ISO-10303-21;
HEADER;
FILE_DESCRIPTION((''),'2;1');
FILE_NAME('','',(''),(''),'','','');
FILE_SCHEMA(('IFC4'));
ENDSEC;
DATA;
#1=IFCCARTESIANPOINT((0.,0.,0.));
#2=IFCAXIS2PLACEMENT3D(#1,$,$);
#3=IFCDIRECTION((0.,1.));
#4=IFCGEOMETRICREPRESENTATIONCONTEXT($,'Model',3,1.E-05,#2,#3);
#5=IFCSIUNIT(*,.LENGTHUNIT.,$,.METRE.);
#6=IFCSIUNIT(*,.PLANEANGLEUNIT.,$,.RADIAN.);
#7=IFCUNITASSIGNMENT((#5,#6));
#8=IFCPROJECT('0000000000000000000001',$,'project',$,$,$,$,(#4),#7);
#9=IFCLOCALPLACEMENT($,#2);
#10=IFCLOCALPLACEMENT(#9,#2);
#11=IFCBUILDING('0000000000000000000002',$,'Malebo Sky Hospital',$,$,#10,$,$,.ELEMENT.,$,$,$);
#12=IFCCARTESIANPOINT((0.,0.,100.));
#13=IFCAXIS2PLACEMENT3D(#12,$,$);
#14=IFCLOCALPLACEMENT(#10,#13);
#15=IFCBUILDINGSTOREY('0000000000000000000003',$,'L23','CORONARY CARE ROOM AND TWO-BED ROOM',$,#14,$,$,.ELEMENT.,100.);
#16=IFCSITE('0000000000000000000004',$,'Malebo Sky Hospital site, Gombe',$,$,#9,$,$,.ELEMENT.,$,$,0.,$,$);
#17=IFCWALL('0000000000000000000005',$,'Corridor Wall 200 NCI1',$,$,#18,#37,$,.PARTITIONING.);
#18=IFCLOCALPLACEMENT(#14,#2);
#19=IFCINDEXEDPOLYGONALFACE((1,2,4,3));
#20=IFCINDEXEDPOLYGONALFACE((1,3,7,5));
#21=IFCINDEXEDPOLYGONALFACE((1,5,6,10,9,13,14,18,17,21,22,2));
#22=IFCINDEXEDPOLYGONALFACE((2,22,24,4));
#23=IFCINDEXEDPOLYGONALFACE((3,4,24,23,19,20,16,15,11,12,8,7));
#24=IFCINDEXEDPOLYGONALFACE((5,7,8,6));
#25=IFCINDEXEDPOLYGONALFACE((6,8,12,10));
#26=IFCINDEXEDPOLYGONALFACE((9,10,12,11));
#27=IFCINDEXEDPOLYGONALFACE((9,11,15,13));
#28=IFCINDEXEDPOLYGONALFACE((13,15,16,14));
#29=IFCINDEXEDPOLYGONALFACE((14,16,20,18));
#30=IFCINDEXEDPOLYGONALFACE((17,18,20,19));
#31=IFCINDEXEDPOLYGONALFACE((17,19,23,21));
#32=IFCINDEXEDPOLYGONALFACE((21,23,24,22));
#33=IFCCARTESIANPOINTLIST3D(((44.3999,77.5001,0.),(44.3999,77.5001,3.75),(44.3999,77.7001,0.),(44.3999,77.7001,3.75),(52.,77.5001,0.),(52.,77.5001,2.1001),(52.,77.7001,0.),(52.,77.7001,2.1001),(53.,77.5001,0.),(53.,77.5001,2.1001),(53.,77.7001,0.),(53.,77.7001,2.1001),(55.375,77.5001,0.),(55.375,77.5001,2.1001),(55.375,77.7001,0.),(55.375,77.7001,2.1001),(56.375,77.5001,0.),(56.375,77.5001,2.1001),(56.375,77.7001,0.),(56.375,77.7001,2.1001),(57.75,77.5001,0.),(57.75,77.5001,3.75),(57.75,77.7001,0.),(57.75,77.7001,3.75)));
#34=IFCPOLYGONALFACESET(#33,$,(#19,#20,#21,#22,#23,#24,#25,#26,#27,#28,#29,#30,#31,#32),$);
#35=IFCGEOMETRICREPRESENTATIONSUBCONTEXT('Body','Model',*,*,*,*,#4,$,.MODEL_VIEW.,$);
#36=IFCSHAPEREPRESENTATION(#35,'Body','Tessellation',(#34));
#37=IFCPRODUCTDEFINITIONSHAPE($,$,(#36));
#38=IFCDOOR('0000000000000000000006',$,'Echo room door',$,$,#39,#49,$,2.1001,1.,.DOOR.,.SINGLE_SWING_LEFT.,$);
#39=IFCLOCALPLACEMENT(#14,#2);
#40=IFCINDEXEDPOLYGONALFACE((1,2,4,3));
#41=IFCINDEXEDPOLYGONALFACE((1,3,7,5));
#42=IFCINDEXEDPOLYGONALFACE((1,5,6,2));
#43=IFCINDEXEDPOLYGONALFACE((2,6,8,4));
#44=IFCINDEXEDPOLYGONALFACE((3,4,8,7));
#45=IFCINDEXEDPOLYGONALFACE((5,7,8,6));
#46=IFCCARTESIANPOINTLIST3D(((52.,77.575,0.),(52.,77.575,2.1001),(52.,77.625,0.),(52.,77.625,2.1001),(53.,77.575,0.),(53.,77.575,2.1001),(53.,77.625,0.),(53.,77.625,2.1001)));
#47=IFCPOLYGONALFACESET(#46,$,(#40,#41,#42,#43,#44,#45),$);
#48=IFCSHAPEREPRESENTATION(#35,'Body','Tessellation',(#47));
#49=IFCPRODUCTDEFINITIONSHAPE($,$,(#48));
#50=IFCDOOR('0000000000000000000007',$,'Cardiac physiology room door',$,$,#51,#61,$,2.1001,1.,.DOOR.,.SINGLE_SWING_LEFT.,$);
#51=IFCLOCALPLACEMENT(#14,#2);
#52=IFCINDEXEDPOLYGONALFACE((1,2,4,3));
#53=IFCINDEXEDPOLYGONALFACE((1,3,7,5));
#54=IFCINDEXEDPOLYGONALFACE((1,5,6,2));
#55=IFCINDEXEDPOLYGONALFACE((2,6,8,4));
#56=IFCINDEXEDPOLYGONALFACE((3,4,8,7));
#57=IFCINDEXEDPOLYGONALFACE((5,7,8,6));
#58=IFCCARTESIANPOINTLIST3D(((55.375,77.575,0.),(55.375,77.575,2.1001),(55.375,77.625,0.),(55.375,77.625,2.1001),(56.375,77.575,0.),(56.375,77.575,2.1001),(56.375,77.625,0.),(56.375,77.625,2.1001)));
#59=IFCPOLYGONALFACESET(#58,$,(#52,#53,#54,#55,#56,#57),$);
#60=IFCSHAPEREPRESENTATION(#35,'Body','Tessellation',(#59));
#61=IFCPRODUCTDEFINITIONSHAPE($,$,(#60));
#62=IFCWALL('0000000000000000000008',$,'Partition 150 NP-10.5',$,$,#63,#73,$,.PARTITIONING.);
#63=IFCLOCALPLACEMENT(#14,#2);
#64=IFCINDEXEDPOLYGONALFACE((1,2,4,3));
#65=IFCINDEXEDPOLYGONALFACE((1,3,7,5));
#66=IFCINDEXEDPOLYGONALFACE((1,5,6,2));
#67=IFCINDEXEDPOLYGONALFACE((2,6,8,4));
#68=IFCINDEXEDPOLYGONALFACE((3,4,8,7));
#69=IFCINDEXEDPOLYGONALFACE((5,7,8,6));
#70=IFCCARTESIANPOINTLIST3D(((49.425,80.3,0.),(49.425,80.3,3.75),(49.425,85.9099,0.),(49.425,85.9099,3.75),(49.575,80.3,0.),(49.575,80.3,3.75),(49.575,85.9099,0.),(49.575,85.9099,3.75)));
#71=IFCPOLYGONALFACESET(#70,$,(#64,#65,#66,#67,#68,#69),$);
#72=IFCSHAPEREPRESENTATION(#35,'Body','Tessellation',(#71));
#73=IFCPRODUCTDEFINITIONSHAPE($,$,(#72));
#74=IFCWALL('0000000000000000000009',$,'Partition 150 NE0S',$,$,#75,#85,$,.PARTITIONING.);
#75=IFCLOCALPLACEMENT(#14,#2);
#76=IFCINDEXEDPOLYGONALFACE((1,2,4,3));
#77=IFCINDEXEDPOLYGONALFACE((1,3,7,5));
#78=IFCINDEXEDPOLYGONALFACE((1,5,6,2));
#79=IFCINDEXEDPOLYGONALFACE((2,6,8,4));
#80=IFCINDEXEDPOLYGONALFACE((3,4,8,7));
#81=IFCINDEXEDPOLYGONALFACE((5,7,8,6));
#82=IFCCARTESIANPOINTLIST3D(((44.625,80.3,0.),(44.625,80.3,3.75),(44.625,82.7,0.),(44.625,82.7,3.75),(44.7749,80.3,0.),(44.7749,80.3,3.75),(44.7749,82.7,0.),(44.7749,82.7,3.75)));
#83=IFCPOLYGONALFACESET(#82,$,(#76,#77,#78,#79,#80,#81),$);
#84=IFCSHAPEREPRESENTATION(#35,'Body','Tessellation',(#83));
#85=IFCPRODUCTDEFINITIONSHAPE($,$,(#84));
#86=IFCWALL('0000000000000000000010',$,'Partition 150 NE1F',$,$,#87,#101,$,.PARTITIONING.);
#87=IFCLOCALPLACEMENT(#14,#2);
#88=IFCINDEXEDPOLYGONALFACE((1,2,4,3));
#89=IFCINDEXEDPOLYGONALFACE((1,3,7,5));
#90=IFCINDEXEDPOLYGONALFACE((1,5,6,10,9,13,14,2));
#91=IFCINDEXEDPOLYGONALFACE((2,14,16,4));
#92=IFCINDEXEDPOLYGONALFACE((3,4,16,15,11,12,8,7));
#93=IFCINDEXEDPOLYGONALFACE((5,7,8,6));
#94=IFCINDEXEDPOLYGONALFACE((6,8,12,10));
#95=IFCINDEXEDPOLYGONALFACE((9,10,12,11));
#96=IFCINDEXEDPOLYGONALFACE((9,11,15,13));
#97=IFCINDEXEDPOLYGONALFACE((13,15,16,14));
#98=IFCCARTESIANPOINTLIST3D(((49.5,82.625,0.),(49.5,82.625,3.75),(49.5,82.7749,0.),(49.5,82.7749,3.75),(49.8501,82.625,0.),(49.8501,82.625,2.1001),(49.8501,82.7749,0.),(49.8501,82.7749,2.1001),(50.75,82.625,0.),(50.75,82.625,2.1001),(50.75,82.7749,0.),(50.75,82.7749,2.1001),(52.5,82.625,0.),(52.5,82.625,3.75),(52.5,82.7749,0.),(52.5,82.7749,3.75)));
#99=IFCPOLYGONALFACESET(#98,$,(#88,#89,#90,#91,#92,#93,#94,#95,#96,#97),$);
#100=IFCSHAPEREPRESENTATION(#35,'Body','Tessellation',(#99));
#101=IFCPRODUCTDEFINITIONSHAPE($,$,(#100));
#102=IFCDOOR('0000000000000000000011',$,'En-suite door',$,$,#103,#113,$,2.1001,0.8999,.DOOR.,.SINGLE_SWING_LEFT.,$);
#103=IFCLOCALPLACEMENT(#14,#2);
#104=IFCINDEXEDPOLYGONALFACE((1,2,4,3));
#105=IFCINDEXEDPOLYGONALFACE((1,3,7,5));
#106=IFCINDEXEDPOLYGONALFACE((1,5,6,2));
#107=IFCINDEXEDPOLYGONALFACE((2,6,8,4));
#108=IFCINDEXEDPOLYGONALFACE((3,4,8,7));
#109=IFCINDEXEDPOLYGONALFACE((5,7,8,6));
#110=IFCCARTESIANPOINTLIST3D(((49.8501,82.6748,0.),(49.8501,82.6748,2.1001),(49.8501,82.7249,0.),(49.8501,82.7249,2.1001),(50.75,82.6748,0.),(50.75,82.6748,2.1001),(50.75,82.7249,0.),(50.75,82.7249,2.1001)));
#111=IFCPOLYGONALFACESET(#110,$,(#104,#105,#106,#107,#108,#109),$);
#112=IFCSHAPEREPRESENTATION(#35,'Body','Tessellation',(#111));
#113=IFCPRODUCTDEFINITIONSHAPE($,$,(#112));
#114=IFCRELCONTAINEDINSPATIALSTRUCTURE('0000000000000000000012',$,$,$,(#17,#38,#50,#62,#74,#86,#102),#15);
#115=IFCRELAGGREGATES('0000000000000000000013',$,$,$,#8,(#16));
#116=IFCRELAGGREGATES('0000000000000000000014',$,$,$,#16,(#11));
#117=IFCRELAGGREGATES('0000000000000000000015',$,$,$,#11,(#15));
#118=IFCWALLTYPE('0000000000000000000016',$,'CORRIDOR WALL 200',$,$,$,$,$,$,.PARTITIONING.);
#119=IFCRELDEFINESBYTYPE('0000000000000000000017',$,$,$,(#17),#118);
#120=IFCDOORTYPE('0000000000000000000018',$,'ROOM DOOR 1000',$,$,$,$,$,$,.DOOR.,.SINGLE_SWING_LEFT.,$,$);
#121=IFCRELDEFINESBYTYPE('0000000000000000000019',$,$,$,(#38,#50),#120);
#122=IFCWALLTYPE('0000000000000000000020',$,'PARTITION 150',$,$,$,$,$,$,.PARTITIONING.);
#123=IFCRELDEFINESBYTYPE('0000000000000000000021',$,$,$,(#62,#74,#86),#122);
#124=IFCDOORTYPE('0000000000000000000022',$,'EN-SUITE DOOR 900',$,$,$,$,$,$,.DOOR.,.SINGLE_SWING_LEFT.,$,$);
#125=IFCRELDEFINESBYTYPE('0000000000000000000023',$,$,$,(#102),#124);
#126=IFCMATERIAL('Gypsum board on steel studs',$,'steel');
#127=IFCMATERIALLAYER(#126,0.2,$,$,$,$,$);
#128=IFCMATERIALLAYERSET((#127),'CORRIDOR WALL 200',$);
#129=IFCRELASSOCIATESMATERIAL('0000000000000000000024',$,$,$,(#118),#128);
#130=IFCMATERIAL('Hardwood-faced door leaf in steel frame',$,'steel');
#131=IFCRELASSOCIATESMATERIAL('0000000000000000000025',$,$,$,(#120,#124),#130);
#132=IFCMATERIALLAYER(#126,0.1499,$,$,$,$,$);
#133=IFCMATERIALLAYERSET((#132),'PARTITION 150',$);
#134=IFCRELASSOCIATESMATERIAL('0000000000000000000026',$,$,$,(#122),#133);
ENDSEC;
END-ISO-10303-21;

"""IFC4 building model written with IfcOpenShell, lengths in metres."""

from ifc_helpers import new_model, si_unit, direction, frame, frame_2d, origin, place, context, subcontext, project, spatial, rectangle, extrude, material, layer, layer_set, type_object, element, fill, save


model = new_model("IFC4")

# Units and contexts
model_context = context("Model", 3, precision=1e-05, world=origin(), true_north=direction((0.0, 1.0)))
body_context = subcontext(model_context, "Body", "Model", "MODEL_VIEW")
ifc_project = project(units=[si_unit("LENGTHUNIT", "METRE"), si_unit("PLANEANGLEUNIT", "RADIAN")], contexts=[model_context])

# Site, building, storey
site_placement = place(None, origin())
site = spatial("IfcSite", under=ifc_project, at=site_placement, Name="Malebo Sky Hospital site, Gombe", CompositionType="ELEMENT", RefElevation=0.0)
building_placement = place(site_placement, origin())
building = spatial("IfcBuilding", under=site, at=building_placement, Name="Malebo Sky Hospital", CompositionType="ELEMENT")
storey_placement = place(building_placement, frame((0.0, 0.0, 100.0)))
storey = spatial("IfcBuildingStorey", under=building, at=storey_placement, Name="L23", Description="CORONARY CARE ROOM AND TWO-BED ROOM", CompositionType="ELEMENT", Elevation=100.0)

# Wall, openings, doors
ifc_material_1 = material(Name="Gypsum board on steel studs", Category="steel")
ifc_layer_1 = layer(ifc_material_1, 0.2)
ifc_layer_set_1 = layer_set([ifc_layer_1], Name="CORRIDOR WALL 200")
wall_type_1 = type_object("IfcWallType", Name="CORRIDOR WALL 200", PredefinedType="PARTITIONING", material=ifc_layer_set_1)
wall_1_placement = place(storey_placement, frame((44.3999, 77.6001, 0.0), z_axis=(0.0, 0.0, 1.0), x_axis=(1.0, 0.0, 0.0)))
wall_1 = element("IfcWall", 1, at=wall_1_placement, inside=storey, type_object=wall_type_1, Name="Corridor Wall 200 NCI1", PredefinedType="PARTITIONING", context=body_context, shape_type="SweptSolid", body=[
    extrude(rectangle(XDim=13.3501, YDim=0.2, at=frame_2d((6.675, 0.0))), origin(), (0.0, 0.0, 1.0), 3.75),
])
opening_1_placement = place(wall_1_placement, frame((7.6001, 0.0, 0.0)))
opening_1 = element("IfcOpeningElement", 2, at=opening_1_placement, cuts=wall_1, PredefinedType="OPENING", context=body_context, shape_type="SweptSolid", body=[
    extrude(rectangle(XDim=1.0, YDim=2.1001, at=frame_2d((0.5, 1.05))), frame((0.0, 0.1099, 0.0), z_axis=(0.0, -1.0, 0.0), x_axis=(1.0, 0.0, 0.0)), (0.0, 0.0, 1.0), 0.22),
])
opening_2_placement = place(wall_1_placement, frame((10.9751, 0.0, 0.0)))
opening_2 = element("IfcOpeningElement", 3, at=opening_2_placement, cuts=wall_1, PredefinedType="OPENING", context=body_context, shape_type="SweptSolid", body=[
    extrude(rectangle(XDim=1.0, YDim=2.1001, at=frame_2d((0.5, 1.05))), frame((0.0, 0.1099, 0.0), z_axis=(0.0, -1.0, 0.0), x_axis=(1.0, 0.0, 0.0)), (0.0, 0.0, 1.0), 0.22),
])
ifc_material_2 = material(Name="Hardwood-faced door leaf in steel frame", Category="steel")
door_type_1 = type_object("IfcDoorType", Name="ROOM DOOR 1000", OperationType="SINGLE_SWING_LEFT", PredefinedType="DOOR", material=ifc_material_2)
door_1_placement = place(opening_1_placement, origin())
door_1 = element("IfcDoor", 4, at=door_1_placement, inside=storey, type_object=door_type_1, Name="Echo room door", OperationType="SINGLE_SWING_LEFT", OverallHeight=2.1001, OverallWidth=1.0, PredefinedType="DOOR", context=body_context, shape_type="SweptSolid", body=[
    extrude(rectangle(XDim=1.0, YDim=2.1001, at=frame_2d((0.5, 1.05))), frame((0.0, 0.0249, 0.0), z_axis=(0.0, -1.0, 0.0), x_axis=(1.0, 0.0, 0.0)), (0.0, 0.0, 1.0), 0.05),
])
fill(opening_1, door_1)
door_2_placement = place(opening_2_placement, origin())
door_2 = element("IfcDoor", 5, at=door_2_placement, inside=storey, type_object=door_type_1, Name="Cardiac physiology room door", OperationType="SINGLE_SWING_LEFT", OverallHeight=2.1001, OverallWidth=1.0, PredefinedType="DOOR", context=body_context, shape_type="SweptSolid", body=[
    extrude(rectangle(XDim=1.0, YDim=2.1001, at=frame_2d((0.5, 1.05))), frame((0.0, 0.0249, 0.0), z_axis=(0.0, -1.0, 0.0), x_axis=(1.0, 0.0, 0.0)), (0.0, 0.0, 1.0), 0.05),
])
fill(opening_2, door_2)

# Walls
ifc_layer_2 = layer(ifc_material_1, 0.1499)
ifc_layer_set_2 = layer_set([ifc_layer_2], Name="PARTITION 150")
wall_type_2 = type_object("IfcWallType", Name="PARTITION 150", PredefinedType="PARTITIONING", material=ifc_layer_set_2)
wall_2_placement = place(storey_placement, frame((49.5, 80.3, 0.0), z_axis=(0.0, 0.0, 1.0), x_axis=(0.0, 1.0, 0.0)))
element("IfcWall", 6, at=wall_2_placement, inside=storey, type_object=wall_type_2, Name="Partition 150 NP-10.5", PredefinedType="PARTITIONING", context=body_context, shape_type="SweptSolid", body=[
    extrude(rectangle(XDim=5.6099, YDim=0.1499, at=frame_2d((2.8049, 0.0))), origin(), (0.0, 0.0, 1.0), 3.75),
])
wall_3_placement = place(storey_placement, frame((44.7, 80.3, 0.0), z_axis=(0.0, 0.0, 1.0), x_axis=(0.0, 1.0, 0.0)))
element("IfcWall", 7, at=wall_3_placement, inside=storey, type_object=wall_type_2, Name="Partition 150 NE0S", PredefinedType="PARTITIONING", context=body_context, shape_type="SweptSolid", body=[
    extrude(rectangle(XDim=2.3999, YDim=0.1499, at=frame_2d((1.2, 0.0))), origin(), (0.0, 0.0, 1.0), 3.75),
])

# Wall, opening, door
wall_4_placement = place(storey_placement, frame((49.5, 82.7, 0.0), z_axis=(0.0, 0.0, 1.0), x_axis=(1.0, 0.0, 0.0)))
wall_4 = element("IfcWall", 8, at=wall_4_placement, inside=storey, type_object=wall_type_2, Name="Partition 150 NE1F", PredefinedType="PARTITIONING", context=body_context, shape_type="SweptSolid", body=[
    extrude(rectangle(XDim=3.0, YDim=0.1499, at=frame_2d((1.5, 0.0))), origin(), (0.0, 0.0, 1.0), 3.75),
])
opening_3_placement = place(wall_4_placement, frame((0.3501, 0.0, 0.0)))
opening_3 = element("IfcOpeningElement", 9, at=opening_3_placement, cuts=wall_4, PredefinedType="OPENING", context=body_context, shape_type="SweptSolid", body=[
    extrude(rectangle(XDim=0.8999, YDim=2.1001, at=frame_2d((0.45, 1.05))), frame((0.0, 0.085, 0.0), z_axis=(0.0, -1.0, 0.0), x_axis=(1.0, 0.0, 0.0)), (0.0, 0.0, 1.0), 0.1699),
])
door_type_2 = type_object("IfcDoorType", Name="EN-SUITE DOOR 900", OperationType="SINGLE_SWING_LEFT", PredefinedType="DOOR", material=ifc_material_2)
door_3_placement = place(opening_3_placement, origin())
door_3 = element("IfcDoor", 10, at=door_3_placement, inside=storey, type_object=door_type_2, Name="En-suite door", OperationType="SINGLE_SWING_LEFT", OverallHeight=2.1001, OverallWidth=0.8999, PredefinedType="DOOR", context=body_context, shape_type="SweptSolid", body=[
    extrude(rectangle(XDim=0.8999, YDim=2.1001, at=frame_2d((0.45, 1.05))), frame((0.0, 0.0249, 0.0), z_axis=(0.0, -1.0, 0.0), x_axis=(1.0, 0.0, 0.0)), (0.0, 0.0, 1.0), 0.05),
])
fill(opening_3, door_3)

save(model, "model.ifc")
